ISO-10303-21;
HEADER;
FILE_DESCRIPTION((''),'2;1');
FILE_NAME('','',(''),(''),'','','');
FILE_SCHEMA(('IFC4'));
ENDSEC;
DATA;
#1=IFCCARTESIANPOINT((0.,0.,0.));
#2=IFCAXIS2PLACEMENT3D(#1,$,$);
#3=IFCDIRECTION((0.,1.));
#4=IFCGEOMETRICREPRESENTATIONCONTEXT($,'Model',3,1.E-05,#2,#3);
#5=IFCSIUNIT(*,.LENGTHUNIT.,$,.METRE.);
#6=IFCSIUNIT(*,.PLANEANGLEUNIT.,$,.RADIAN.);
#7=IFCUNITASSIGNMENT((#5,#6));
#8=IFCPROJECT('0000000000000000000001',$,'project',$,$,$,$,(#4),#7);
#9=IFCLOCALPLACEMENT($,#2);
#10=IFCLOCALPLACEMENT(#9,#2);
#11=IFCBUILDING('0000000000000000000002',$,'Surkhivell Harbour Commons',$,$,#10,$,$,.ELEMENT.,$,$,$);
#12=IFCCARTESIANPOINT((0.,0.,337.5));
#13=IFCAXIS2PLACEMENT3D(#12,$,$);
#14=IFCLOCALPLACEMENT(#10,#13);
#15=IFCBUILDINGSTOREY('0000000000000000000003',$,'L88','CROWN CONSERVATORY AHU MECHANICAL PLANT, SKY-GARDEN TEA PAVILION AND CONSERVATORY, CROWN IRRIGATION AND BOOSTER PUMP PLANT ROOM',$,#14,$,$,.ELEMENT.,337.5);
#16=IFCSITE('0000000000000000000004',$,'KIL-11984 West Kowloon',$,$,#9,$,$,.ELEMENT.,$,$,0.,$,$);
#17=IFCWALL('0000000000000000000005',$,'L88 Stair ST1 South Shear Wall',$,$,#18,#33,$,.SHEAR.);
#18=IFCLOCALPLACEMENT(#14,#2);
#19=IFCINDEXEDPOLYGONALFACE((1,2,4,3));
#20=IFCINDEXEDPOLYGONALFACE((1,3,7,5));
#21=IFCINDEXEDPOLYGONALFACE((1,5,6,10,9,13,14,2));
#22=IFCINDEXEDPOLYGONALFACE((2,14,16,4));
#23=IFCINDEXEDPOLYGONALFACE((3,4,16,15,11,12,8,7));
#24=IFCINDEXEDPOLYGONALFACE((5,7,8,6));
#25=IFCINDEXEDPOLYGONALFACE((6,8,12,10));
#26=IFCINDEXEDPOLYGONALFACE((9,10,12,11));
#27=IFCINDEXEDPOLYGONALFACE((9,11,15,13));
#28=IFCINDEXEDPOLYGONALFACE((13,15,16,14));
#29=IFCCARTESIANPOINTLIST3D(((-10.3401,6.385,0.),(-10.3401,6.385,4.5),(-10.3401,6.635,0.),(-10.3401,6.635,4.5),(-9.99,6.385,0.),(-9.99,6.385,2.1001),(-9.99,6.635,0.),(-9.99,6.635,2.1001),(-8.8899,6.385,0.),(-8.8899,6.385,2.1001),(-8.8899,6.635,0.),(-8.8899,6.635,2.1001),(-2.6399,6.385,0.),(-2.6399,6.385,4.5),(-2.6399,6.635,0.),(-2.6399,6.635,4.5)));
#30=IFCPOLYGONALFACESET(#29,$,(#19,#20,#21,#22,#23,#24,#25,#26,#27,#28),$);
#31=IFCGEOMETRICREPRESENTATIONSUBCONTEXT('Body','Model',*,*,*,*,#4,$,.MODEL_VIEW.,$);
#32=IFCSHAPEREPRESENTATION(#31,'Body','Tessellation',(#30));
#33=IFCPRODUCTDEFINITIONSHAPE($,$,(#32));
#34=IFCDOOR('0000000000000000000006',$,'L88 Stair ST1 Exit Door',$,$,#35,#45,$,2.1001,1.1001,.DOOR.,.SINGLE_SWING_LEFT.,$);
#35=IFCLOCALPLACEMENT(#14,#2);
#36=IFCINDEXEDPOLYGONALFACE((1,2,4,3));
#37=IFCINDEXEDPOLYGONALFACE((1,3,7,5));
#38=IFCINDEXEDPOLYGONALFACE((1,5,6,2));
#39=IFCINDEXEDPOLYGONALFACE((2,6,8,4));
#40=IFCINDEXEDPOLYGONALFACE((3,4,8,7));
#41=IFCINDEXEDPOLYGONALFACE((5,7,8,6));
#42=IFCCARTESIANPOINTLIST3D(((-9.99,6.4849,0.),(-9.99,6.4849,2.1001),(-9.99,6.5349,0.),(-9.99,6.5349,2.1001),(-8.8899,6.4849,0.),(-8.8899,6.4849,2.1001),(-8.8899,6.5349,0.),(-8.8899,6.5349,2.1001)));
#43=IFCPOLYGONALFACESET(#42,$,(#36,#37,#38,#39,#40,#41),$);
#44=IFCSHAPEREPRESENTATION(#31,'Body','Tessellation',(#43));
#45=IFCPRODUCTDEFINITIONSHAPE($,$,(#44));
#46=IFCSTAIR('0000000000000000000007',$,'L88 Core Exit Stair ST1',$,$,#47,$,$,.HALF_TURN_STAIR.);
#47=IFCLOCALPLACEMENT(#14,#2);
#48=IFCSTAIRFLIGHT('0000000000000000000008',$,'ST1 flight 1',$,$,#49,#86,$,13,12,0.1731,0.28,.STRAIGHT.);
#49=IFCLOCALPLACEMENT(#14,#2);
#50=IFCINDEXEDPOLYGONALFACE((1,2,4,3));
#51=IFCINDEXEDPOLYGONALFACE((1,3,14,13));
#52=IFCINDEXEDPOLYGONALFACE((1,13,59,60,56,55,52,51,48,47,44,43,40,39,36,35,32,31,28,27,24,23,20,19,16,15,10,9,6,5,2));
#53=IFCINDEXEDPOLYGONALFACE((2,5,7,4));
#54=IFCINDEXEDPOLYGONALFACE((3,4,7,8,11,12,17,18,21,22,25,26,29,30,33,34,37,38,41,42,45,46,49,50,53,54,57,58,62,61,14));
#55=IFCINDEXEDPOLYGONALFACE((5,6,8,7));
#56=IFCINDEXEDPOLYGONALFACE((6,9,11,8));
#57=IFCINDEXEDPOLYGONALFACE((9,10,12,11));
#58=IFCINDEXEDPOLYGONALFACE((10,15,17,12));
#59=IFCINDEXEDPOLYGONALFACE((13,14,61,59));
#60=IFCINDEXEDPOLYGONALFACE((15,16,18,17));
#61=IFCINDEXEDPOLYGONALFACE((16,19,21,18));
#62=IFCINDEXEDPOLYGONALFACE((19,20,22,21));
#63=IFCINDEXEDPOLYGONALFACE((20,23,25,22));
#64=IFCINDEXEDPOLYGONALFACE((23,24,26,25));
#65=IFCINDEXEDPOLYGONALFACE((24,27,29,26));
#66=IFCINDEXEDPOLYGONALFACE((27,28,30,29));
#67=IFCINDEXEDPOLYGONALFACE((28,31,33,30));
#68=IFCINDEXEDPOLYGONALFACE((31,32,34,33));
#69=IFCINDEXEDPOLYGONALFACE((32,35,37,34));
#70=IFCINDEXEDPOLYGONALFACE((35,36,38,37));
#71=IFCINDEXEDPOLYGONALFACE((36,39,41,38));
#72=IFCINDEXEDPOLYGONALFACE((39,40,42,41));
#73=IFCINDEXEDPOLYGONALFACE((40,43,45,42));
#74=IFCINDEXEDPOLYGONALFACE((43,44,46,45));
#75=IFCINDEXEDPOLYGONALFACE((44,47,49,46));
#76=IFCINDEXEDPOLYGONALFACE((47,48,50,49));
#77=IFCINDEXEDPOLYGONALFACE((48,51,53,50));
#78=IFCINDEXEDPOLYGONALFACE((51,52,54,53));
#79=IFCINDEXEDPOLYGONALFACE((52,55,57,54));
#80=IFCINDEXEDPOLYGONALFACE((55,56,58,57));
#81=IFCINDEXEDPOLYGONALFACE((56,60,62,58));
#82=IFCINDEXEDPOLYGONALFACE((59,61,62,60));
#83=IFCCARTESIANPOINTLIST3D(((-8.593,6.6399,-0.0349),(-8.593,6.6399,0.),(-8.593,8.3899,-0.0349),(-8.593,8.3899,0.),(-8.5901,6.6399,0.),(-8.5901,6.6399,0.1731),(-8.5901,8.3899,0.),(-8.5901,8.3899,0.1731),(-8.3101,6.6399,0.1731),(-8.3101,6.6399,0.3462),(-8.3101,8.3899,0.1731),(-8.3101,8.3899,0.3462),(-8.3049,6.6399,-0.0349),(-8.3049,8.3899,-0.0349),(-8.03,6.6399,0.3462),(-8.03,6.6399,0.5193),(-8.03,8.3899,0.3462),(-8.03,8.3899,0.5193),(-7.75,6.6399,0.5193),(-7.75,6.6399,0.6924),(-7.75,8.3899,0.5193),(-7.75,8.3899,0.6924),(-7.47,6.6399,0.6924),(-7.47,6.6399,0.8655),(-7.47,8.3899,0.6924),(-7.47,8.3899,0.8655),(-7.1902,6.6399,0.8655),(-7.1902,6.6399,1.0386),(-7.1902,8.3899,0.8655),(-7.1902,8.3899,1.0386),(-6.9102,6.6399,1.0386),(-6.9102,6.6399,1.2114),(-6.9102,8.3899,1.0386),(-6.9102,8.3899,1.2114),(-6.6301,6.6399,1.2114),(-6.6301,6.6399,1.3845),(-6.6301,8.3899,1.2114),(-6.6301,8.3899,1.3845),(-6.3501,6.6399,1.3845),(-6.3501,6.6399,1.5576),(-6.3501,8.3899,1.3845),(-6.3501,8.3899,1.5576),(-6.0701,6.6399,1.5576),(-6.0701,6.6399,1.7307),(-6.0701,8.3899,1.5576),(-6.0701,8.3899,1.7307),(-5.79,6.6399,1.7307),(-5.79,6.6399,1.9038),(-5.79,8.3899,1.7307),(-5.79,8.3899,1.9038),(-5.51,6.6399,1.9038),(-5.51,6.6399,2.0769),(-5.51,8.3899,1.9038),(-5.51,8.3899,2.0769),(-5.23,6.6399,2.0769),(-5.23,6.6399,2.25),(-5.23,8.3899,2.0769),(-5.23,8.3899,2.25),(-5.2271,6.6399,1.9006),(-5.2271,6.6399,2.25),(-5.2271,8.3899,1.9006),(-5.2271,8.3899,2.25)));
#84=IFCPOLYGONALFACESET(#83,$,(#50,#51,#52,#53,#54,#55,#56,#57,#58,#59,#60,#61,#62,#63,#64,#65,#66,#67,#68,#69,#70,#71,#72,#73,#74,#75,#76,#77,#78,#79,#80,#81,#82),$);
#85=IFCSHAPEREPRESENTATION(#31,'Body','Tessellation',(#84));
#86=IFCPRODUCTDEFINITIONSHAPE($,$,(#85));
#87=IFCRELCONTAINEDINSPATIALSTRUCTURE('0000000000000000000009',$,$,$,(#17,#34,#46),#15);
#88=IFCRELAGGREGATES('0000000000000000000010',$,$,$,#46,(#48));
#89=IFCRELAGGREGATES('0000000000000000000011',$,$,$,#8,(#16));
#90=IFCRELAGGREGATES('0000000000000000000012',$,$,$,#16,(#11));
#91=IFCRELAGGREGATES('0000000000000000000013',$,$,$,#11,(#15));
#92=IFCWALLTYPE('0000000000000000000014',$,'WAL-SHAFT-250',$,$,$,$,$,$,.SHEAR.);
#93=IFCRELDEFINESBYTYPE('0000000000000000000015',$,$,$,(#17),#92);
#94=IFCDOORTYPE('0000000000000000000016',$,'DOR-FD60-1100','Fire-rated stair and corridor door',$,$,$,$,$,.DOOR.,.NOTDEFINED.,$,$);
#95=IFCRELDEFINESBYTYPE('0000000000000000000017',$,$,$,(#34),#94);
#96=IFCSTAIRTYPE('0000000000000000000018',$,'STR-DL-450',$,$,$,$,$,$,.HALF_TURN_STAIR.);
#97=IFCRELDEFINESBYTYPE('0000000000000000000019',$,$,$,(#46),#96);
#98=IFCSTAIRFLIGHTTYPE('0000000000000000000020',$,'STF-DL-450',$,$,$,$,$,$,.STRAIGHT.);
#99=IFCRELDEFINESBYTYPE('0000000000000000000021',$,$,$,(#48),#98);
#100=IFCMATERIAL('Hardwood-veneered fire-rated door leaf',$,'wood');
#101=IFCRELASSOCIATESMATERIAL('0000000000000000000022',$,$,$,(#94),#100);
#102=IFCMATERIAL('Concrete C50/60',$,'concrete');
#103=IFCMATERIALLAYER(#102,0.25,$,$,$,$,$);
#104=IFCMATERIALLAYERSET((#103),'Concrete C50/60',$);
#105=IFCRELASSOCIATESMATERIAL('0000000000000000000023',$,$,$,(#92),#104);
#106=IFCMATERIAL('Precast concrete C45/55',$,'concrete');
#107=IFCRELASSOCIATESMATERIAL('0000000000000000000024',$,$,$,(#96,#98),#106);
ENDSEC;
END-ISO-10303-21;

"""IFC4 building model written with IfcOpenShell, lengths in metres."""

from ifc_helpers import new_model, si_unit, direction, frame, frame_2d, origin, place, context, subcontext, project, spatial, polyline, rectangle, outline, extrude, material, layer, layer_set, type_object, element, fill, aggregate, save


model = new_model("IFC4")

# Units and contexts
model_context = context("Model", 3, precision=1e-05, world=origin(), true_north=direction((0.0, 1.0)))
body_context = subcontext(model_context, "Body", "Model", "MODEL_VIEW")
ifc_project = project(units=[si_unit("LENGTHUNIT", "METRE"), si_unit("PLANEANGLEUNIT", "RADIAN")], contexts=[model_context])

# Site, building, storey
site_placement = place(None, origin())
site = spatial("IfcSite", under=ifc_project, at=site_placement, Name="KIL-11984 West Kowloon", CompositionType="ELEMENT", RefElevation=0.0)
building_placement = place(site_placement, origin())
building = spatial("IfcBuilding", under=site, at=building_placement, Name="Surkhivell Harbour Commons", CompositionType="ELEMENT")
storey_placement = place(building_placement, frame((0.0, 0.0, 337.5)))
storey = spatial("IfcBuildingStorey", under=building, at=storey_placement, Name="L88", Description="CROWN CONSERVATORY AHU MECHANICAL PLANT, SKY-GARDEN TEA PAVILION AND CONSERVATORY, CROWN IRRIGATION AND BOOSTER PUMP PLANT ROOM", CompositionType="ELEMENT", Elevation=337.5)

# Shared definitions
ifc_material_1 = material(Name="Concrete C50/60", Category="concrete")

# Wall, opening, door
ifc_material_2 = material(Name="Hardwood-veneered fire-rated door leaf", Category="wood")
door_type_1 = type_object("IfcDoorType", Name="DOR-FD60-1100", Description="Fire-rated stair and corridor door", OperationType="NOTDEFINED", PredefinedType="DOOR", material=ifc_material_2)
ifc_layer_1 = layer(ifc_material_1, 0.25)
ifc_layer_set_1 = layer_set([ifc_layer_1], Name="Concrete C50/60")
wall_type_1 = type_object("IfcWallType", Name="WAL-SHAFT-250", PredefinedType="SHEAR", material=ifc_layer_set_1)
wall_1_placement = place(storey_placement, frame((-10.3401, 6.51, 0.0), z_axis=(0.0, 0.0, 1.0), x_axis=(1.0, 0.0, 0.0)))
wall_1 = element("IfcWall", 1, at=wall_1_placement, inside=storey, type_object=wall_type_1, Name="L88 Stair ST1 South Shear Wall", PredefinedType="SHEAR", context=body_context, shape_type="SweptSolid", body=[
    extrude(rectangle(XDim=7.7002, YDim=0.25, at=frame_2d((3.8501, 0.0))), origin(), (0.0, 0.0, 1.0), 4.5),
])
opening_1_placement = place(wall_1_placement, frame((0.3501, 0.0, 0.0)))
opening_1 = element("IfcOpeningElement", 2, at=opening_1_placement, cuts=wall_1, PredefinedType="OPENING", context=body_context, shape_type="SweptSolid", body=[
    extrude(rectangle(XDim=1.1001, YDim=2.1001, at=frame_2d((0.55, 1.05))), frame((0.0, 0.135, 0.0), z_axis=(0.0, -1.0, 0.0), x_axis=(1.0, 0.0, 0.0)), (0.0, 0.0, 1.0), 0.27),
])
door_1_placement = place(opening_1_placement, origin())
door_1 = element("IfcDoor", 3, at=door_1_placement, inside=storey, type_object=door_type_1, Name="L88 Stair ST1 Exit Door", OperationType="SINGLE_SWING_LEFT", OverallHeight=2.1001, OverallWidth=1.1001, PredefinedType="DOOR", context=body_context, shape_type="SweptSolid", body=[
    extrude(rectangle(XDim=1.1001, YDim=2.1001, at=frame_2d((0.55, 1.05))), frame((0.0, 0.0249, 0.0), z_axis=(0.0, -1.0, 0.0), x_axis=(1.0, 0.0, 0.0)), (0.0, 0.0, 1.0), 0.05),
])
fill(opening_1, door_1)

# Stair, stair flight
ifc_material_3 = material(Name="Precast concrete C45/55", Category="concrete")
stair_type = type_object("IfcStairType", Name="STR-DL-450", PredefinedType="HALF_TURN_STAIR", material=ifc_material_3)
stair_placement = place(storey_placement, origin())
stair = element("IfcStair", 4, at=stair_placement, inside=storey, type_object=stair_type, Name="L88 Core Exit Stair ST1", PredefinedType="HALF_TURN_STAIR")
stair_flight_type = type_object("IfcStairFlightType", Name="STF-DL-450", PredefinedType="STRAIGHT", material=ifc_material_3)
stair_flight_placement = place(storey_placement, frame((-8.5901, 7.5149, 0.0), z_axis=(0.0, 0.0, 1.0), x_axis=(1.0, 0.0, 0.0)))
stair_flight = element("IfcStairFlight", 5, at=stair_flight_placement, type_object=stair_flight_type, Name="ST1 flight 1", NumberOfRisers=13, NumberOfTreads=12, PredefinedType="STRAIGHT", RiserHeight=0.1731, TreadLength=0.28, context=body_context, shape_type="SweptSolid", body=[
    extrude(outline(polyline([(-0.0029, -0.0349), (-0.0029, 0.0), (0.0, 0.0), (0.0, 0.1731), (0.28, 0.1731), (0.28, 0.3462), (0.5601, 0.3462), (0.5601, 0.5193), (0.8401, 0.5193), (0.8401, 0.6924), (1.1201, 0.6924), (1.1201, 0.8655), (1.3999, 0.8655), (1.3999, 1.0386), (1.6799, 1.0386), (1.6799, 1.2114), (1.96, 1.2114), (1.96, 1.3845), (2.24, 1.3845), (2.24, 1.5576), (2.52, 1.5576), (2.52, 1.7307), (2.8, 1.7307), (2.8, 1.9038), (3.0801, 1.9038), (3.0801, 2.0769), (3.3601, 2.0769), (3.3601, 2.25), (3.363, 2.25), (3.363, 1.9006), (0.2852, -0.0349), (-0.0029, -0.0349)])), frame((0.0, 0.875, 0.0), z_axis=(0.0, -1.0, 0.0), x_axis=(1.0, 0.0, 0.0)), (0.0, 0.0, 1.0), 1.75),
])
aggregate(stair, [stair_flight])

save(model, "model.ifc")
